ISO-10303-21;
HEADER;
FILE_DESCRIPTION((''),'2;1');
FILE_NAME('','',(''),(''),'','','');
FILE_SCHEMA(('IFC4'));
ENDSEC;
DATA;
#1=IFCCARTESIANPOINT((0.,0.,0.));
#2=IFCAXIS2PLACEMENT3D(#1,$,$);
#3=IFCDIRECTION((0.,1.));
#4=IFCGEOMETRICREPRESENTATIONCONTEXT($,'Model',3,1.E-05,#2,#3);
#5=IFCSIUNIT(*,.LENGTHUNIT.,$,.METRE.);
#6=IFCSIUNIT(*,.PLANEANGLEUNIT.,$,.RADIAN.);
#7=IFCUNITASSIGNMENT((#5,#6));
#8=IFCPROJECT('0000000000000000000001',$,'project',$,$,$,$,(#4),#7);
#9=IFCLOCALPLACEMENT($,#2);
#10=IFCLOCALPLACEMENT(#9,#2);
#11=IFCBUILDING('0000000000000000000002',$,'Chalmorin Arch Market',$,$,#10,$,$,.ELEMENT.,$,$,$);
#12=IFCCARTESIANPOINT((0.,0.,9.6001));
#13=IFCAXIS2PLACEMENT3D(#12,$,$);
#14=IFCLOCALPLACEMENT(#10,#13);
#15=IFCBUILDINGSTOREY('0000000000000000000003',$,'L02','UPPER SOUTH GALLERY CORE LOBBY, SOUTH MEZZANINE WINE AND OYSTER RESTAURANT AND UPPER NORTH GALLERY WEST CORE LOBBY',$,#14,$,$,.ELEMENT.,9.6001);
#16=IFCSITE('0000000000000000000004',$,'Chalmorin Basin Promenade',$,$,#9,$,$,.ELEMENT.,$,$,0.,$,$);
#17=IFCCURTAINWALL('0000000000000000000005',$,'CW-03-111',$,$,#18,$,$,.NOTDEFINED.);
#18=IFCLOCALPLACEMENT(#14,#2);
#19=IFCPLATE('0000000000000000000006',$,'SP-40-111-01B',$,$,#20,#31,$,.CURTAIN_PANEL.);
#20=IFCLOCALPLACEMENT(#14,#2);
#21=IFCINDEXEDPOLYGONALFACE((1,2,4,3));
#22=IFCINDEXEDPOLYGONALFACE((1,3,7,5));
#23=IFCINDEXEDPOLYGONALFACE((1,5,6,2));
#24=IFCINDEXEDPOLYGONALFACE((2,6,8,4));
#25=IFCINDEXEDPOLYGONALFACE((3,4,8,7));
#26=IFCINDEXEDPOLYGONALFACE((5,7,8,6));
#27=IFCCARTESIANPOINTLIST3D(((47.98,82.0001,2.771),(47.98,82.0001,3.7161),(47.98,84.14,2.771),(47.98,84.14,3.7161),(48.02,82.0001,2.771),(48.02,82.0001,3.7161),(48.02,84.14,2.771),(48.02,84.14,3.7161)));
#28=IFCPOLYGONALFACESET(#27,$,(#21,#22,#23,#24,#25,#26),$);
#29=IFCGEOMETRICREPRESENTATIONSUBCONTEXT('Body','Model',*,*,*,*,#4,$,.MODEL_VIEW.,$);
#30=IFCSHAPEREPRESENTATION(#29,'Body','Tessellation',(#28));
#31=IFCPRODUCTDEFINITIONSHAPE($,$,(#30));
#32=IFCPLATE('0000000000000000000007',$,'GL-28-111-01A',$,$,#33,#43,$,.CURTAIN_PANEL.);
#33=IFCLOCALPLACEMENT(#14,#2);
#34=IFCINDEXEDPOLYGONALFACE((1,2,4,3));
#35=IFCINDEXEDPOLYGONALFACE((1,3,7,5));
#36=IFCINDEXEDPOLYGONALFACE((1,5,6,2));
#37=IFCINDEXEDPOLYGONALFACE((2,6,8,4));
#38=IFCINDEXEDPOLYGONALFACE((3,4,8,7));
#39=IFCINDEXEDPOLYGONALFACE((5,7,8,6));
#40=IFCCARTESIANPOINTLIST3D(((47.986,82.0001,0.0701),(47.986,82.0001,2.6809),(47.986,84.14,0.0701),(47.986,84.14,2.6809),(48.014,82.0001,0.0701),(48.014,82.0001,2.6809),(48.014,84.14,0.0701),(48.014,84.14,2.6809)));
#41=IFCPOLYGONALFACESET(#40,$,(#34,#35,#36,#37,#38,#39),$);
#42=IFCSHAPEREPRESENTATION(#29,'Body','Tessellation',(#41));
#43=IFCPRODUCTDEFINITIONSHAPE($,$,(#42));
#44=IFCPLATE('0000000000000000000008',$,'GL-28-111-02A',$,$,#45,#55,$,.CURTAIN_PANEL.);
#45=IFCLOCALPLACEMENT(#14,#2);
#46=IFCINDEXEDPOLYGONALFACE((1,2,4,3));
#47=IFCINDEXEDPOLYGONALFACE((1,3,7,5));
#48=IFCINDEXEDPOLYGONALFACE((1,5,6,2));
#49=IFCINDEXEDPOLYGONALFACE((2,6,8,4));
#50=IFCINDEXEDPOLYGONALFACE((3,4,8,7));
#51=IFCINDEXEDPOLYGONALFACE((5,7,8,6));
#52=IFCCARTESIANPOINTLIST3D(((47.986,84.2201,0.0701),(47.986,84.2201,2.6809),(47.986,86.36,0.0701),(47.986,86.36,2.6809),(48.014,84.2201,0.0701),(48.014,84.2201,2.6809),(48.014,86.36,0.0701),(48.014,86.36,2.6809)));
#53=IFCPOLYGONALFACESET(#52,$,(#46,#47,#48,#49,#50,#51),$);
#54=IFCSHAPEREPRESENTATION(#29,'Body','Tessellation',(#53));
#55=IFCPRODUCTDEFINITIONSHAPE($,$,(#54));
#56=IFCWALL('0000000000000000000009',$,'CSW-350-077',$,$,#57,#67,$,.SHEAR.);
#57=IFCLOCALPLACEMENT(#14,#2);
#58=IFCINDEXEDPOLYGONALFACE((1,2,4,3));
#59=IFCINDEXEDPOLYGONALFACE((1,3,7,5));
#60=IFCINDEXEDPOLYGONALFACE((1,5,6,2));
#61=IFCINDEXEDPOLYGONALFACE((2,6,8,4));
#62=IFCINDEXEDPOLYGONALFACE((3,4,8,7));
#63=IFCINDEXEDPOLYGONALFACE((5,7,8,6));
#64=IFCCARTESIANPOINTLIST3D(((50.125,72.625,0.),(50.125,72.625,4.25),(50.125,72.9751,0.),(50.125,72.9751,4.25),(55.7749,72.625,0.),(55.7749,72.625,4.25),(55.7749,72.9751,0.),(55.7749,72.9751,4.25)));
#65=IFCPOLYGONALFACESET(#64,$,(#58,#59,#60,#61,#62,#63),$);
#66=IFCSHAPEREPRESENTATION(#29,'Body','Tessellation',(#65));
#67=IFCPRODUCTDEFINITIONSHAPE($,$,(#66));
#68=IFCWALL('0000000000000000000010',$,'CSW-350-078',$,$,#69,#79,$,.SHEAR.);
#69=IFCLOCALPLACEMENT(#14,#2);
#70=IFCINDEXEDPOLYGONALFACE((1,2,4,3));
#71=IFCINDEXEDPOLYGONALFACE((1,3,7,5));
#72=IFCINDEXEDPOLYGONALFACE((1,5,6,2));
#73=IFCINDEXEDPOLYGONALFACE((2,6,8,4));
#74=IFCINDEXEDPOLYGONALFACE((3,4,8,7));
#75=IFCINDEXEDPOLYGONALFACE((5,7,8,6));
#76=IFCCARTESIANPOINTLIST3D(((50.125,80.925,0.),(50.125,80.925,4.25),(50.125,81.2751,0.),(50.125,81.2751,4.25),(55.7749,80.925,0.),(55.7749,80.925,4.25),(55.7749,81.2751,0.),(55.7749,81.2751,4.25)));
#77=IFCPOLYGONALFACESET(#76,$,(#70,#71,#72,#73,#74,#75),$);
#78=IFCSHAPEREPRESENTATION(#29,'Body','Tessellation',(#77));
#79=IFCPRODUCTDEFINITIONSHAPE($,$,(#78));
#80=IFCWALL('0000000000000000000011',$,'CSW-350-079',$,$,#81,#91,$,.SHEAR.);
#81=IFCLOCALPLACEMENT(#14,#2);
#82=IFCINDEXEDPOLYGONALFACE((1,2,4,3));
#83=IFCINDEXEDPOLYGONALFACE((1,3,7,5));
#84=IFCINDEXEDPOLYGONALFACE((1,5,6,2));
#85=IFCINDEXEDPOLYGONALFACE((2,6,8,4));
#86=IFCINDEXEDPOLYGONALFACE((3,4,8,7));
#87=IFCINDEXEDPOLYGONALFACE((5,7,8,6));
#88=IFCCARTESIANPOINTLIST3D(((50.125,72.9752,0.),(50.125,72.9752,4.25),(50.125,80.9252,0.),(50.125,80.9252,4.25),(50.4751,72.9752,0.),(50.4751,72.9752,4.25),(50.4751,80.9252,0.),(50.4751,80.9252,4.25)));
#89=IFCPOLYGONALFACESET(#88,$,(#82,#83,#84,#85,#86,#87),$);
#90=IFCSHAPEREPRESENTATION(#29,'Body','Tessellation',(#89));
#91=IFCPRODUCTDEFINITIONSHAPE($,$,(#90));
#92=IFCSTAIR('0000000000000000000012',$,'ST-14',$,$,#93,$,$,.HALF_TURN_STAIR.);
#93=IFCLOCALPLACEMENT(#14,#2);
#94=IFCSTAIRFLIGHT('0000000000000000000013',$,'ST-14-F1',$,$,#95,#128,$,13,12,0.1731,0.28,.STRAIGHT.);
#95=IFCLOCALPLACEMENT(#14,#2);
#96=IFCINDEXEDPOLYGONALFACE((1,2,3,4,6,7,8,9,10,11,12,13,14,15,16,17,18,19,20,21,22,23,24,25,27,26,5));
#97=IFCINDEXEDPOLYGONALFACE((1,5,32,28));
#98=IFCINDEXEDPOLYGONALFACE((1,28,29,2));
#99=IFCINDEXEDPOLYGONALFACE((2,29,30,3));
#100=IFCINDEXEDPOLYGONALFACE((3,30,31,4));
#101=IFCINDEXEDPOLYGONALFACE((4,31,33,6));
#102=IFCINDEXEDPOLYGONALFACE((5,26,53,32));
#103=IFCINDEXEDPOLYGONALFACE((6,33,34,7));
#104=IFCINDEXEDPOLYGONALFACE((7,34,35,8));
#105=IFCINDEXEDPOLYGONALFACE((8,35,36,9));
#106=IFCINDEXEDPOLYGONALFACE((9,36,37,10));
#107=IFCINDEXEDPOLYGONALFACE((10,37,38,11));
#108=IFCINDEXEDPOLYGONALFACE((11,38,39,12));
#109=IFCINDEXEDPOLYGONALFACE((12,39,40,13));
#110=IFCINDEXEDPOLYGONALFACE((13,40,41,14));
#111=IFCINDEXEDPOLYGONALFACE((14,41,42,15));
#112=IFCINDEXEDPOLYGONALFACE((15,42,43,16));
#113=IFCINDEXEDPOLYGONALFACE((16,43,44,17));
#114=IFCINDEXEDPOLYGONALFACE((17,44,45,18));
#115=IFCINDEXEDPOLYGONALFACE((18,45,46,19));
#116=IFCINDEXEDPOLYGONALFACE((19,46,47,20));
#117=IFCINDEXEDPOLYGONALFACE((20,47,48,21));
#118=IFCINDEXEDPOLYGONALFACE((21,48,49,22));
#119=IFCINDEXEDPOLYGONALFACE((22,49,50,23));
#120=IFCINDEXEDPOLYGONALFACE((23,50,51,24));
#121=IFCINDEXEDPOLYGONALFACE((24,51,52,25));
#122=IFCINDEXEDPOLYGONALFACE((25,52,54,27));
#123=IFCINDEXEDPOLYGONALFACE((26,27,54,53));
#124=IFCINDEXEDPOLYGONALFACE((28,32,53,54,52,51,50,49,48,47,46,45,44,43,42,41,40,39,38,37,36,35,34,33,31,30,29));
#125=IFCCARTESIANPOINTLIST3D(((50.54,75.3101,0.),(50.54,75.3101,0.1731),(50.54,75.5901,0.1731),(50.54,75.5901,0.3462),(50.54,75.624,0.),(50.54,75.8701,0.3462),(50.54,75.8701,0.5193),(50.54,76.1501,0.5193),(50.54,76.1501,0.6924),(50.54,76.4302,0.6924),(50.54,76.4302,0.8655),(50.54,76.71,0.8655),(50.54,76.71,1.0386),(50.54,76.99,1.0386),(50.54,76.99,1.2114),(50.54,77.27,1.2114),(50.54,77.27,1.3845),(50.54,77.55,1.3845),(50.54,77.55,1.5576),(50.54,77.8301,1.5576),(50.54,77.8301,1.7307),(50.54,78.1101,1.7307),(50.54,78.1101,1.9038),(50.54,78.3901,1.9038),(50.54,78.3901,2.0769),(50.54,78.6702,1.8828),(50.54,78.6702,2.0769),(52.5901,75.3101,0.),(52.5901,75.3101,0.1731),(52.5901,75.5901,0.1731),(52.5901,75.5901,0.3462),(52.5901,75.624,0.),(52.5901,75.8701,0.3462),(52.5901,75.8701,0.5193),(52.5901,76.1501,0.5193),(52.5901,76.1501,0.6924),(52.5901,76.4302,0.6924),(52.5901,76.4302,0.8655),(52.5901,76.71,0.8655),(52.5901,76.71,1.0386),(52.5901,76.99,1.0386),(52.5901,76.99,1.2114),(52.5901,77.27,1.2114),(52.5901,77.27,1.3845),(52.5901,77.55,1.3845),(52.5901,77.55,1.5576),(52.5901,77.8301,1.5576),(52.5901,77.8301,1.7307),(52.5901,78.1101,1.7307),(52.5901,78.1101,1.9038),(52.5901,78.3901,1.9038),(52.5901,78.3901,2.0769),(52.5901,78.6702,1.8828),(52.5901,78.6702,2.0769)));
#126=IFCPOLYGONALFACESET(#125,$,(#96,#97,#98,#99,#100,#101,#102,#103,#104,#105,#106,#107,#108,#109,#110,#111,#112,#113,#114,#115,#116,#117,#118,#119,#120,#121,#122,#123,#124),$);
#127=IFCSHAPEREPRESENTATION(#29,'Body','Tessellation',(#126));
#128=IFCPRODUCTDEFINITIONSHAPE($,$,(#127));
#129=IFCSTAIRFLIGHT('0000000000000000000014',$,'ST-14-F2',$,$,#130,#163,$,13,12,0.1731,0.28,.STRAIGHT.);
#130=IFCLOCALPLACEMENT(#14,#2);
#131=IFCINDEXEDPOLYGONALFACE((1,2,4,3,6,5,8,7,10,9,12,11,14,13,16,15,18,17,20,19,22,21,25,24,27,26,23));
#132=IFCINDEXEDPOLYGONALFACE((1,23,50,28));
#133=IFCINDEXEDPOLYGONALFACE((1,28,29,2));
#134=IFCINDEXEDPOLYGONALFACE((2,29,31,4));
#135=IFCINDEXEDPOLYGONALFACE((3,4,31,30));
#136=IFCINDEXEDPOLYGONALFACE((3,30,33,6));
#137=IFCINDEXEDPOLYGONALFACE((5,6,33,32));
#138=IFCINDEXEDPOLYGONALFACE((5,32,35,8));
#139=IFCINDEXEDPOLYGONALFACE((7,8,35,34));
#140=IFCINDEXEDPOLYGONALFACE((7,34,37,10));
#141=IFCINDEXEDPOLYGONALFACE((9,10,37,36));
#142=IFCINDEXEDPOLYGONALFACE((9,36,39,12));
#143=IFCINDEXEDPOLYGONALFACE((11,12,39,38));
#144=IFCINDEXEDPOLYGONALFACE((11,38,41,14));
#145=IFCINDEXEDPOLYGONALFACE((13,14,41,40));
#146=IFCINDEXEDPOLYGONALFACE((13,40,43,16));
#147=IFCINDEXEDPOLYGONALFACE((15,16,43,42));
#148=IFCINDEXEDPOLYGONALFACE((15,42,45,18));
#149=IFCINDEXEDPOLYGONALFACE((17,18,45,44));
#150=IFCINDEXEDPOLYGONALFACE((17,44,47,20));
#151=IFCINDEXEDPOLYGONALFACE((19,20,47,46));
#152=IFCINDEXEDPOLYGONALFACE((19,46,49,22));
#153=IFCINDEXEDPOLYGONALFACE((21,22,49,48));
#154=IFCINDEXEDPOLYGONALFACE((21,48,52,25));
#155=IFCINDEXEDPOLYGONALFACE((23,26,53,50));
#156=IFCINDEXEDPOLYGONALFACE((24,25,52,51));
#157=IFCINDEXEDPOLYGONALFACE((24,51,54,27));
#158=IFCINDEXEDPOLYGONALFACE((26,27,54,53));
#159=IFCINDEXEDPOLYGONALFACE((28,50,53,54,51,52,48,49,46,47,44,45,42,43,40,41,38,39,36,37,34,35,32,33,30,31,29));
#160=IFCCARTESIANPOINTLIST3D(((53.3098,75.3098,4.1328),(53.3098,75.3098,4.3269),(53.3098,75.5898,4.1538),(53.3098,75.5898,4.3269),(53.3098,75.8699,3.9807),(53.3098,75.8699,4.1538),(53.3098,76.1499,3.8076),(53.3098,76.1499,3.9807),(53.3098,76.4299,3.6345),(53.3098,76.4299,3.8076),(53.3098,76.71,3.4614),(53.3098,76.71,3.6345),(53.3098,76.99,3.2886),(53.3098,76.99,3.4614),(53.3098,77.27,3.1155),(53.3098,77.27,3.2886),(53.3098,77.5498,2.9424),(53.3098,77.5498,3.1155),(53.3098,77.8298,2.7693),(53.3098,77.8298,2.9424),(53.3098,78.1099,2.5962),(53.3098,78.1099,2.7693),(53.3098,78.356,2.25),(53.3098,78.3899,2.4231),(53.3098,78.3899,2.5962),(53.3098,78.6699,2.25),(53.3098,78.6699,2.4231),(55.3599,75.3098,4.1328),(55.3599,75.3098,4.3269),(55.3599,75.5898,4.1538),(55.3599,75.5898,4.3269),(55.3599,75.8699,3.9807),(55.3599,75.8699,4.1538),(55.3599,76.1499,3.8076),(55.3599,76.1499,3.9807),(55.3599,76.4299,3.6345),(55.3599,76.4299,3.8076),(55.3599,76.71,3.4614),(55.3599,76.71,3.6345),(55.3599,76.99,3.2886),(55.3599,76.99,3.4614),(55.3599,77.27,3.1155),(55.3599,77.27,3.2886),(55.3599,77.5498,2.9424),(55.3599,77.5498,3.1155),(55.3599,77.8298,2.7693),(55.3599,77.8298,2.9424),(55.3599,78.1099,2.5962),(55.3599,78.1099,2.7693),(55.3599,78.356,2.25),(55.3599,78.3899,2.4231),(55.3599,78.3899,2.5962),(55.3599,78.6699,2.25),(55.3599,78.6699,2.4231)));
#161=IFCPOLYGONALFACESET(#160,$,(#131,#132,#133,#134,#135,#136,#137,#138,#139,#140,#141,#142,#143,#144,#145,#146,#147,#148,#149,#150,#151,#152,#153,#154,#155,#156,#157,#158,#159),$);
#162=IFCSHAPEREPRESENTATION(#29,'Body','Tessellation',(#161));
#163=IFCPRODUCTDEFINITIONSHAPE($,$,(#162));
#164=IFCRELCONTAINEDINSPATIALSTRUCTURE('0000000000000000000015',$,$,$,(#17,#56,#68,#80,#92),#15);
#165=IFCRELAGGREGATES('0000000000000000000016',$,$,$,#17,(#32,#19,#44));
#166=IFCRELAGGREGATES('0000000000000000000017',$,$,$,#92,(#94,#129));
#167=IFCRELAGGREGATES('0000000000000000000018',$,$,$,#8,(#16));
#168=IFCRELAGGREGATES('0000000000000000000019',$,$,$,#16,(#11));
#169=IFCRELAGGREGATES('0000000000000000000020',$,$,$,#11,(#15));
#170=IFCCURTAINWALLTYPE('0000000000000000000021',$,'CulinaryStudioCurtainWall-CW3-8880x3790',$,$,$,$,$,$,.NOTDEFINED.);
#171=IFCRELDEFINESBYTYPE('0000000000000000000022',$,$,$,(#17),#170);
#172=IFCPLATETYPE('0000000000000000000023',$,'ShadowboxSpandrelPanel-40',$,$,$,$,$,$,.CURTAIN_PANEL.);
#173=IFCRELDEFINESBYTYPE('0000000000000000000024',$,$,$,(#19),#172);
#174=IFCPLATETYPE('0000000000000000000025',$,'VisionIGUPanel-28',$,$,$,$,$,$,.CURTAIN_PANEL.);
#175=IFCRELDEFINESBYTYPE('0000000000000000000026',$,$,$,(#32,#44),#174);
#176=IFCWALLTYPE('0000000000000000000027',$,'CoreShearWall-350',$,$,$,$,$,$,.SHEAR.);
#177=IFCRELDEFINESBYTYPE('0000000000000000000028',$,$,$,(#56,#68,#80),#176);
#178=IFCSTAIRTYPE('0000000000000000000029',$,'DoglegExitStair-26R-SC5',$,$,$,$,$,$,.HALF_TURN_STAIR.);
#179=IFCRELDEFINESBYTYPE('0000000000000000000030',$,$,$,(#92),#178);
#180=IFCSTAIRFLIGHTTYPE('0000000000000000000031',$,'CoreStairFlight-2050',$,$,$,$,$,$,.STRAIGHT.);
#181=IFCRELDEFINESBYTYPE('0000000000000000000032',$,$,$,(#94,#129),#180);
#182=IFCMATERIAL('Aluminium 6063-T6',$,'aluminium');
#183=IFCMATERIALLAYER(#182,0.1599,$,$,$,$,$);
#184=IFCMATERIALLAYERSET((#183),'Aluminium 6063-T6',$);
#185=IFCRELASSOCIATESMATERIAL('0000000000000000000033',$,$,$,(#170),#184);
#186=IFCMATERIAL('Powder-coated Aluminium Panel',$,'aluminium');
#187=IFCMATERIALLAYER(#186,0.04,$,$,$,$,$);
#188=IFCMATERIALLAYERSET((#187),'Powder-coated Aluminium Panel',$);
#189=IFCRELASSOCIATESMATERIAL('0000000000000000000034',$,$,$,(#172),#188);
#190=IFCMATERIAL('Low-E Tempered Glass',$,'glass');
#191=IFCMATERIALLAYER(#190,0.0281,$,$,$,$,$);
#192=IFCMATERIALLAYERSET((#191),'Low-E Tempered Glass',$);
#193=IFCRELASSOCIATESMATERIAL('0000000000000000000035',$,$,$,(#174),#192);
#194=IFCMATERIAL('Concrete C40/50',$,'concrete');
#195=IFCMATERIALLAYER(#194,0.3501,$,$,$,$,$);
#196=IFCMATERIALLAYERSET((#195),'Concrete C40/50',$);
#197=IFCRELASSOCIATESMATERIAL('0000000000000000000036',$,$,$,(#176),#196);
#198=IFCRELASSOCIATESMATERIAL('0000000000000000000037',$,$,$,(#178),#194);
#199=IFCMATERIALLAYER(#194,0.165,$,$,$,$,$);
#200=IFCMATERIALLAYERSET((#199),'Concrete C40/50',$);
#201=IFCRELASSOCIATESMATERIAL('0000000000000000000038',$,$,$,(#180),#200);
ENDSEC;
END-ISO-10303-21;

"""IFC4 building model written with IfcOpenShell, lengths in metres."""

from ifc_helpers import new_model, si_unit, direction, frame, frame_2d, origin, origin_2d, place, context, subcontext, project, spatial, polyline, rectangle, outline, extrude, material, layer, layer_set, type_object, element, aggregate, save


model = new_model("IFC4")

# Units and contexts
model_context = context("Model", 3, precision=1e-05, world=origin(), true_north=direction((0.0, 1.0)))
body_context = subcontext(model_context, "Body", "Model", "MODEL_VIEW")
ifc_project = project(units=[si_unit("LENGTHUNIT", "METRE"), si_unit("PLANEANGLEUNIT", "RADIAN")], contexts=[model_context])

# Site, building, storey
site_placement = place(None, origin())
site = spatial("IfcSite", under=ifc_project, at=site_placement, Name="Chalmorin Basin Promenade", CompositionType="ELEMENT", RefElevation=0.0)
building_placement = place(site_placement, origin())
building = spatial("IfcBuilding", under=site, at=building_placement, Name="Chalmorin Arch Market", CompositionType="ELEMENT")
storey_placement = place(building_placement, frame((0.0, 0.0, 9.6001)))
storey = spatial("IfcBuildingStorey", under=building, at=storey_placement, Name="L02", Description="UPPER SOUTH GALLERY CORE LOBBY, SOUTH MEZZANINE WINE AND OYSTER RESTAURANT AND UPPER NORTH GALLERY WEST CORE LOBBY", CompositionType="ELEMENT", Elevation=9.6001)

# Shared definitions
ifc_material_1 = material(Name="Concrete C40/50", Category="concrete")

# Curtain wall
ifc_material_2 = material(Name="Aluminium 6063-T6", Category="aluminium")
ifc_layer_1 = layer(ifc_material_2, 0.1599)
ifc_layer_set_1 = layer_set([ifc_layer_1], Name="Aluminium 6063-T6")
curtain_wall_type_1 = type_object("IfcCurtainWallType", Name="CulinaryStudioCurtainWall-CW3-8880x3790", PredefinedType="NOTDEFINED", material=ifc_layer_set_1)
curtain_wall_1_placement = place(storey_placement, origin())
curtain_wall_1 = element("IfcCurtainWall", 1, at=curtain_wall_1_placement, inside=storey, type_object=curtain_wall_type_1, Name="CW-03-111", PredefinedType="NOTDEFINED")

# Plates
ifc_material_3 = material(Name="Powder-coated Aluminium Panel", Category="aluminium")
ifc_layer_2 = layer(ifc_material_3, 0.04)
ifc_layer_set_2 = layer_set([ifc_layer_2], Name="Powder-coated Aluminium Panel")
plate_type_1 = type_object("IfcPlateType", Name="ShadowboxSpandrelPanel-40", PredefinedType="CURTAIN_PANEL", material=ifc_layer_set_2)
plate_1_placement = place(storey_placement, frame((48.0, 83.0701, 2.771), z_axis=(0.0, 0.0, 1.0), x_axis=(0.0, 1.0, 0.0)))
plate_1 = element("IfcPlate", 2, at=plate_1_placement, type_object=plate_type_1, Name="SP-40-111-01B", PredefinedType="CURTAIN_PANEL", context=body_context, shape_type="SweptSolid", body=[
    extrude(rectangle(XDim=2.1399, YDim=0.04, at=origin_2d()), origin(), (0.0, 0.0, 1.0), 0.9451),
])
ifc_material_4 = material(Name="Low-E Tempered Glass", Category="glass")
ifc_layer_3 = layer(ifc_material_4, 0.0281)
ifc_layer_set_3 = layer_set([ifc_layer_3], Name="Low-E Tempered Glass")
plate_type_2 = type_object("IfcPlateType", Name="VisionIGUPanel-28", PredefinedType="CURTAIN_PANEL", material=ifc_layer_set_3)
plate_2_placement = place(storey_placement, frame((48.0, 83.0701, 0.0701), z_axis=(0.0, 0.0, 1.0), x_axis=(0.0, 1.0, 0.0)))
plate_2 = element("IfcPlate", 3, at=plate_2_placement, type_object=plate_type_2, Name="GL-28-111-01A", PredefinedType="CURTAIN_PANEL", context=body_context, shape_type="SweptSolid", body=[
    extrude(rectangle(XDim=2.1399, YDim=0.0281, at=origin_2d()), origin(), (0.0, 0.0, 1.0), 2.6108),
])
plate_3_placement = place(storey_placement, frame((48.0, 85.29, 0.0701), z_axis=(0.0, 0.0, 1.0), x_axis=(0.0, 1.0, 0.0)))
plate_3 = element("IfcPlate", 4, at=plate_3_placement, type_object=plate_type_2, Name="GL-28-111-02A", PredefinedType="CURTAIN_PANEL", context=body_context, shape_type="SweptSolid", body=[
    extrude(rectangle(XDim=2.1399, YDim=0.0281, at=origin_2d()), origin(), (0.0, 0.0, 1.0), 2.6108),
])
aggregate(curtain_wall_1, [plate_2, plate_1, plate_3])

# Walls
ifc_layer_4 = layer(ifc_material_1, 0.3501)
ifc_layer_set_4 = layer_set([ifc_layer_4], Name="Concrete C40/50")
wall_type = type_object("IfcWallType", Name="CoreShearWall-350", PredefinedType="SHEAR", material=ifc_layer_set_4)
for number, where, z_axis, x_axis, name in (
    (5, (55.7749, 72.8, 0.0), (0.0, 0.0, 1.0), (-1.0, 0.0, 0.0), "CSW-350-077"),
    (6, (50.125, 81.1001, 0.0), (0.0, 0.0, 1.0), (1.0, 0.0, 0.0), "CSW-350-078"),
):
    element("IfcWall", number, at=place(storey_placement, frame(where, z_axis=z_axis, x_axis=x_axis)), inside=storey, type_object=wall_type, Name=name, PredefinedType="SHEAR", context=body_context, shape_type="SweptSolid", body=[
        extrude(rectangle(XDim=5.6499, YDim=0.3501, at=frame_2d((2.825, 0.0))), origin(), (0.0, 0.0, 1.0), 4.25),
    ])
wall_1_placement = place(storey_placement, frame((50.3, 72.9751, 0.0), z_axis=(0.0, 0.0, 1.0), x_axis=(0.0, 1.0, 0.0)))
element("IfcWall", 7, at=wall_1_placement, inside=storey, type_object=wall_type, Name="CSW-350-079", PredefinedType="SHEAR", context=body_context, shape_type="SweptSolid", body=[
    extrude(rectangle(XDim=7.95, YDim=0.3501, at=frame_2d((3.9751, 0.0))), origin(), (0.0, 0.0, 1.0), 4.25),
])

# Stair, stair flights
stair_type = type_object("IfcStairType", Name="DoglegExitStair-26R-SC5", PredefinedType="HALF_TURN_STAIR", material=ifc_material_1)
stair_placement = place(storey_placement, origin())
stair = element("IfcStair", 8, at=stair_placement, inside=storey, type_object=stair_type, Name="ST-14", PredefinedType="HALF_TURN_STAIR")
ifc_layer_5 = layer(ifc_material_1, 0.165)
ifc_layer_set_5 = layer_set([ifc_layer_5], Name="Concrete C40/50")
stair_flight_type = type_object("IfcStairFlightType", Name="CoreStairFlight-2050", PredefinedType="STRAIGHT", material=ifc_layer_set_5)
stair_flight_1_placement = place(storey_placement, frame((51.5649, 75.3101, 0.0), z_axis=(0.0, 0.0, 1.0), x_axis=(0.0, 1.0, 0.0)))
stair_flight_1 = element("IfcStairFlight", 9, at=stair_flight_1_placement, type_object=stair_flight_type, Name="ST-14-F1", NumberOfRisers=13, NumberOfTreads=12, PredefinedType="STRAIGHT", RiserHeight=0.1731, TreadLength=0.28, context=body_context, shape_type="SweptSolid", body=[
    extrude(outline(polyline([(0.0, 0.0), (0.0, 0.1731), (0.28, 0.1731), (0.28, 0.3462), (0.5601, 0.3462), (0.5601, 0.5193), (0.8401, 0.5193), (0.8401, 0.6924), (1.1201, 0.6924), (1.1201, 0.8655), (1.3999, 0.8655), (1.3999, 1.0386), (1.6799, 1.0386), (1.6799, 1.2114), (1.96, 1.2114), (1.96, 1.3845), (2.24, 1.3845), (2.24, 1.5576), (2.52, 1.5576), (2.52, 1.7307), (2.8, 1.7307), (2.8, 1.9038), (3.0801, 1.9038), (3.0801, 2.0769), (3.3601, 2.0769), (3.3601, 2.25), (3.3601, 1.8828), (0.314, 0.0), (0.0, 0.0)])), frame((0.0, 1.0249, 0.0), z_axis=(0.0, -1.0, 0.0), x_axis=(1.0, 0.0, 0.0)), (0.0, 0.0, 1.0), 2.05),
])
stair_flight_2_placement = place(storey_placement, frame((54.335, 78.6699, 2.25), z_axis=(0.0, 0.0, 1.0), x_axis=(0.0, -1.0, 0.0)))
stair_flight_2 = element("IfcStairFlight", 10, at=stair_flight_2_placement, type_object=stair_flight_type, Name="ST-14-F2", NumberOfRisers=13, NumberOfTreads=12, PredefinedType="STRAIGHT", RiserHeight=0.1731, TreadLength=0.28, context=body_context, shape_type="SweptSolid", body=[
    extrude(outline(polyline([(0.0, 0.0), (0.0, 0.1731), (0.28, 0.1731), (0.28, 0.3462), (0.5601, 0.3462), (0.5601, 0.5193), (0.8401, 0.5193), (0.8401, 0.6924), (1.1201, 0.6924), (1.1201, 0.8655), (1.3999, 0.8655), (1.3999, 1.0386), (1.6799, 1.0386), (1.6799, 1.2114), (1.96, 1.2114), (1.96, 1.3845), (2.24, 1.3845), (2.24, 1.5576), (2.52, 1.5576), (2.52, 1.7307), (2.8, 1.7307), (2.8, 1.9038), (3.0801, 1.9038), (3.0801, 2.0769), (3.3601, 2.0769), (3.3601, 2.25), (3.3601, 1.8828), (0.314, 0.0), (0.0, 0.0)])), frame((0.0, 1.0249, 0.0), z_axis=(0.0, -1.0, 0.0), x_axis=(1.0, 0.0, 0.0)), (0.0, 0.0, 1.0), 2.05),
])
aggregate(stair, [stair_flight_1, stair_flight_2])

save(model, "model.ifc")
